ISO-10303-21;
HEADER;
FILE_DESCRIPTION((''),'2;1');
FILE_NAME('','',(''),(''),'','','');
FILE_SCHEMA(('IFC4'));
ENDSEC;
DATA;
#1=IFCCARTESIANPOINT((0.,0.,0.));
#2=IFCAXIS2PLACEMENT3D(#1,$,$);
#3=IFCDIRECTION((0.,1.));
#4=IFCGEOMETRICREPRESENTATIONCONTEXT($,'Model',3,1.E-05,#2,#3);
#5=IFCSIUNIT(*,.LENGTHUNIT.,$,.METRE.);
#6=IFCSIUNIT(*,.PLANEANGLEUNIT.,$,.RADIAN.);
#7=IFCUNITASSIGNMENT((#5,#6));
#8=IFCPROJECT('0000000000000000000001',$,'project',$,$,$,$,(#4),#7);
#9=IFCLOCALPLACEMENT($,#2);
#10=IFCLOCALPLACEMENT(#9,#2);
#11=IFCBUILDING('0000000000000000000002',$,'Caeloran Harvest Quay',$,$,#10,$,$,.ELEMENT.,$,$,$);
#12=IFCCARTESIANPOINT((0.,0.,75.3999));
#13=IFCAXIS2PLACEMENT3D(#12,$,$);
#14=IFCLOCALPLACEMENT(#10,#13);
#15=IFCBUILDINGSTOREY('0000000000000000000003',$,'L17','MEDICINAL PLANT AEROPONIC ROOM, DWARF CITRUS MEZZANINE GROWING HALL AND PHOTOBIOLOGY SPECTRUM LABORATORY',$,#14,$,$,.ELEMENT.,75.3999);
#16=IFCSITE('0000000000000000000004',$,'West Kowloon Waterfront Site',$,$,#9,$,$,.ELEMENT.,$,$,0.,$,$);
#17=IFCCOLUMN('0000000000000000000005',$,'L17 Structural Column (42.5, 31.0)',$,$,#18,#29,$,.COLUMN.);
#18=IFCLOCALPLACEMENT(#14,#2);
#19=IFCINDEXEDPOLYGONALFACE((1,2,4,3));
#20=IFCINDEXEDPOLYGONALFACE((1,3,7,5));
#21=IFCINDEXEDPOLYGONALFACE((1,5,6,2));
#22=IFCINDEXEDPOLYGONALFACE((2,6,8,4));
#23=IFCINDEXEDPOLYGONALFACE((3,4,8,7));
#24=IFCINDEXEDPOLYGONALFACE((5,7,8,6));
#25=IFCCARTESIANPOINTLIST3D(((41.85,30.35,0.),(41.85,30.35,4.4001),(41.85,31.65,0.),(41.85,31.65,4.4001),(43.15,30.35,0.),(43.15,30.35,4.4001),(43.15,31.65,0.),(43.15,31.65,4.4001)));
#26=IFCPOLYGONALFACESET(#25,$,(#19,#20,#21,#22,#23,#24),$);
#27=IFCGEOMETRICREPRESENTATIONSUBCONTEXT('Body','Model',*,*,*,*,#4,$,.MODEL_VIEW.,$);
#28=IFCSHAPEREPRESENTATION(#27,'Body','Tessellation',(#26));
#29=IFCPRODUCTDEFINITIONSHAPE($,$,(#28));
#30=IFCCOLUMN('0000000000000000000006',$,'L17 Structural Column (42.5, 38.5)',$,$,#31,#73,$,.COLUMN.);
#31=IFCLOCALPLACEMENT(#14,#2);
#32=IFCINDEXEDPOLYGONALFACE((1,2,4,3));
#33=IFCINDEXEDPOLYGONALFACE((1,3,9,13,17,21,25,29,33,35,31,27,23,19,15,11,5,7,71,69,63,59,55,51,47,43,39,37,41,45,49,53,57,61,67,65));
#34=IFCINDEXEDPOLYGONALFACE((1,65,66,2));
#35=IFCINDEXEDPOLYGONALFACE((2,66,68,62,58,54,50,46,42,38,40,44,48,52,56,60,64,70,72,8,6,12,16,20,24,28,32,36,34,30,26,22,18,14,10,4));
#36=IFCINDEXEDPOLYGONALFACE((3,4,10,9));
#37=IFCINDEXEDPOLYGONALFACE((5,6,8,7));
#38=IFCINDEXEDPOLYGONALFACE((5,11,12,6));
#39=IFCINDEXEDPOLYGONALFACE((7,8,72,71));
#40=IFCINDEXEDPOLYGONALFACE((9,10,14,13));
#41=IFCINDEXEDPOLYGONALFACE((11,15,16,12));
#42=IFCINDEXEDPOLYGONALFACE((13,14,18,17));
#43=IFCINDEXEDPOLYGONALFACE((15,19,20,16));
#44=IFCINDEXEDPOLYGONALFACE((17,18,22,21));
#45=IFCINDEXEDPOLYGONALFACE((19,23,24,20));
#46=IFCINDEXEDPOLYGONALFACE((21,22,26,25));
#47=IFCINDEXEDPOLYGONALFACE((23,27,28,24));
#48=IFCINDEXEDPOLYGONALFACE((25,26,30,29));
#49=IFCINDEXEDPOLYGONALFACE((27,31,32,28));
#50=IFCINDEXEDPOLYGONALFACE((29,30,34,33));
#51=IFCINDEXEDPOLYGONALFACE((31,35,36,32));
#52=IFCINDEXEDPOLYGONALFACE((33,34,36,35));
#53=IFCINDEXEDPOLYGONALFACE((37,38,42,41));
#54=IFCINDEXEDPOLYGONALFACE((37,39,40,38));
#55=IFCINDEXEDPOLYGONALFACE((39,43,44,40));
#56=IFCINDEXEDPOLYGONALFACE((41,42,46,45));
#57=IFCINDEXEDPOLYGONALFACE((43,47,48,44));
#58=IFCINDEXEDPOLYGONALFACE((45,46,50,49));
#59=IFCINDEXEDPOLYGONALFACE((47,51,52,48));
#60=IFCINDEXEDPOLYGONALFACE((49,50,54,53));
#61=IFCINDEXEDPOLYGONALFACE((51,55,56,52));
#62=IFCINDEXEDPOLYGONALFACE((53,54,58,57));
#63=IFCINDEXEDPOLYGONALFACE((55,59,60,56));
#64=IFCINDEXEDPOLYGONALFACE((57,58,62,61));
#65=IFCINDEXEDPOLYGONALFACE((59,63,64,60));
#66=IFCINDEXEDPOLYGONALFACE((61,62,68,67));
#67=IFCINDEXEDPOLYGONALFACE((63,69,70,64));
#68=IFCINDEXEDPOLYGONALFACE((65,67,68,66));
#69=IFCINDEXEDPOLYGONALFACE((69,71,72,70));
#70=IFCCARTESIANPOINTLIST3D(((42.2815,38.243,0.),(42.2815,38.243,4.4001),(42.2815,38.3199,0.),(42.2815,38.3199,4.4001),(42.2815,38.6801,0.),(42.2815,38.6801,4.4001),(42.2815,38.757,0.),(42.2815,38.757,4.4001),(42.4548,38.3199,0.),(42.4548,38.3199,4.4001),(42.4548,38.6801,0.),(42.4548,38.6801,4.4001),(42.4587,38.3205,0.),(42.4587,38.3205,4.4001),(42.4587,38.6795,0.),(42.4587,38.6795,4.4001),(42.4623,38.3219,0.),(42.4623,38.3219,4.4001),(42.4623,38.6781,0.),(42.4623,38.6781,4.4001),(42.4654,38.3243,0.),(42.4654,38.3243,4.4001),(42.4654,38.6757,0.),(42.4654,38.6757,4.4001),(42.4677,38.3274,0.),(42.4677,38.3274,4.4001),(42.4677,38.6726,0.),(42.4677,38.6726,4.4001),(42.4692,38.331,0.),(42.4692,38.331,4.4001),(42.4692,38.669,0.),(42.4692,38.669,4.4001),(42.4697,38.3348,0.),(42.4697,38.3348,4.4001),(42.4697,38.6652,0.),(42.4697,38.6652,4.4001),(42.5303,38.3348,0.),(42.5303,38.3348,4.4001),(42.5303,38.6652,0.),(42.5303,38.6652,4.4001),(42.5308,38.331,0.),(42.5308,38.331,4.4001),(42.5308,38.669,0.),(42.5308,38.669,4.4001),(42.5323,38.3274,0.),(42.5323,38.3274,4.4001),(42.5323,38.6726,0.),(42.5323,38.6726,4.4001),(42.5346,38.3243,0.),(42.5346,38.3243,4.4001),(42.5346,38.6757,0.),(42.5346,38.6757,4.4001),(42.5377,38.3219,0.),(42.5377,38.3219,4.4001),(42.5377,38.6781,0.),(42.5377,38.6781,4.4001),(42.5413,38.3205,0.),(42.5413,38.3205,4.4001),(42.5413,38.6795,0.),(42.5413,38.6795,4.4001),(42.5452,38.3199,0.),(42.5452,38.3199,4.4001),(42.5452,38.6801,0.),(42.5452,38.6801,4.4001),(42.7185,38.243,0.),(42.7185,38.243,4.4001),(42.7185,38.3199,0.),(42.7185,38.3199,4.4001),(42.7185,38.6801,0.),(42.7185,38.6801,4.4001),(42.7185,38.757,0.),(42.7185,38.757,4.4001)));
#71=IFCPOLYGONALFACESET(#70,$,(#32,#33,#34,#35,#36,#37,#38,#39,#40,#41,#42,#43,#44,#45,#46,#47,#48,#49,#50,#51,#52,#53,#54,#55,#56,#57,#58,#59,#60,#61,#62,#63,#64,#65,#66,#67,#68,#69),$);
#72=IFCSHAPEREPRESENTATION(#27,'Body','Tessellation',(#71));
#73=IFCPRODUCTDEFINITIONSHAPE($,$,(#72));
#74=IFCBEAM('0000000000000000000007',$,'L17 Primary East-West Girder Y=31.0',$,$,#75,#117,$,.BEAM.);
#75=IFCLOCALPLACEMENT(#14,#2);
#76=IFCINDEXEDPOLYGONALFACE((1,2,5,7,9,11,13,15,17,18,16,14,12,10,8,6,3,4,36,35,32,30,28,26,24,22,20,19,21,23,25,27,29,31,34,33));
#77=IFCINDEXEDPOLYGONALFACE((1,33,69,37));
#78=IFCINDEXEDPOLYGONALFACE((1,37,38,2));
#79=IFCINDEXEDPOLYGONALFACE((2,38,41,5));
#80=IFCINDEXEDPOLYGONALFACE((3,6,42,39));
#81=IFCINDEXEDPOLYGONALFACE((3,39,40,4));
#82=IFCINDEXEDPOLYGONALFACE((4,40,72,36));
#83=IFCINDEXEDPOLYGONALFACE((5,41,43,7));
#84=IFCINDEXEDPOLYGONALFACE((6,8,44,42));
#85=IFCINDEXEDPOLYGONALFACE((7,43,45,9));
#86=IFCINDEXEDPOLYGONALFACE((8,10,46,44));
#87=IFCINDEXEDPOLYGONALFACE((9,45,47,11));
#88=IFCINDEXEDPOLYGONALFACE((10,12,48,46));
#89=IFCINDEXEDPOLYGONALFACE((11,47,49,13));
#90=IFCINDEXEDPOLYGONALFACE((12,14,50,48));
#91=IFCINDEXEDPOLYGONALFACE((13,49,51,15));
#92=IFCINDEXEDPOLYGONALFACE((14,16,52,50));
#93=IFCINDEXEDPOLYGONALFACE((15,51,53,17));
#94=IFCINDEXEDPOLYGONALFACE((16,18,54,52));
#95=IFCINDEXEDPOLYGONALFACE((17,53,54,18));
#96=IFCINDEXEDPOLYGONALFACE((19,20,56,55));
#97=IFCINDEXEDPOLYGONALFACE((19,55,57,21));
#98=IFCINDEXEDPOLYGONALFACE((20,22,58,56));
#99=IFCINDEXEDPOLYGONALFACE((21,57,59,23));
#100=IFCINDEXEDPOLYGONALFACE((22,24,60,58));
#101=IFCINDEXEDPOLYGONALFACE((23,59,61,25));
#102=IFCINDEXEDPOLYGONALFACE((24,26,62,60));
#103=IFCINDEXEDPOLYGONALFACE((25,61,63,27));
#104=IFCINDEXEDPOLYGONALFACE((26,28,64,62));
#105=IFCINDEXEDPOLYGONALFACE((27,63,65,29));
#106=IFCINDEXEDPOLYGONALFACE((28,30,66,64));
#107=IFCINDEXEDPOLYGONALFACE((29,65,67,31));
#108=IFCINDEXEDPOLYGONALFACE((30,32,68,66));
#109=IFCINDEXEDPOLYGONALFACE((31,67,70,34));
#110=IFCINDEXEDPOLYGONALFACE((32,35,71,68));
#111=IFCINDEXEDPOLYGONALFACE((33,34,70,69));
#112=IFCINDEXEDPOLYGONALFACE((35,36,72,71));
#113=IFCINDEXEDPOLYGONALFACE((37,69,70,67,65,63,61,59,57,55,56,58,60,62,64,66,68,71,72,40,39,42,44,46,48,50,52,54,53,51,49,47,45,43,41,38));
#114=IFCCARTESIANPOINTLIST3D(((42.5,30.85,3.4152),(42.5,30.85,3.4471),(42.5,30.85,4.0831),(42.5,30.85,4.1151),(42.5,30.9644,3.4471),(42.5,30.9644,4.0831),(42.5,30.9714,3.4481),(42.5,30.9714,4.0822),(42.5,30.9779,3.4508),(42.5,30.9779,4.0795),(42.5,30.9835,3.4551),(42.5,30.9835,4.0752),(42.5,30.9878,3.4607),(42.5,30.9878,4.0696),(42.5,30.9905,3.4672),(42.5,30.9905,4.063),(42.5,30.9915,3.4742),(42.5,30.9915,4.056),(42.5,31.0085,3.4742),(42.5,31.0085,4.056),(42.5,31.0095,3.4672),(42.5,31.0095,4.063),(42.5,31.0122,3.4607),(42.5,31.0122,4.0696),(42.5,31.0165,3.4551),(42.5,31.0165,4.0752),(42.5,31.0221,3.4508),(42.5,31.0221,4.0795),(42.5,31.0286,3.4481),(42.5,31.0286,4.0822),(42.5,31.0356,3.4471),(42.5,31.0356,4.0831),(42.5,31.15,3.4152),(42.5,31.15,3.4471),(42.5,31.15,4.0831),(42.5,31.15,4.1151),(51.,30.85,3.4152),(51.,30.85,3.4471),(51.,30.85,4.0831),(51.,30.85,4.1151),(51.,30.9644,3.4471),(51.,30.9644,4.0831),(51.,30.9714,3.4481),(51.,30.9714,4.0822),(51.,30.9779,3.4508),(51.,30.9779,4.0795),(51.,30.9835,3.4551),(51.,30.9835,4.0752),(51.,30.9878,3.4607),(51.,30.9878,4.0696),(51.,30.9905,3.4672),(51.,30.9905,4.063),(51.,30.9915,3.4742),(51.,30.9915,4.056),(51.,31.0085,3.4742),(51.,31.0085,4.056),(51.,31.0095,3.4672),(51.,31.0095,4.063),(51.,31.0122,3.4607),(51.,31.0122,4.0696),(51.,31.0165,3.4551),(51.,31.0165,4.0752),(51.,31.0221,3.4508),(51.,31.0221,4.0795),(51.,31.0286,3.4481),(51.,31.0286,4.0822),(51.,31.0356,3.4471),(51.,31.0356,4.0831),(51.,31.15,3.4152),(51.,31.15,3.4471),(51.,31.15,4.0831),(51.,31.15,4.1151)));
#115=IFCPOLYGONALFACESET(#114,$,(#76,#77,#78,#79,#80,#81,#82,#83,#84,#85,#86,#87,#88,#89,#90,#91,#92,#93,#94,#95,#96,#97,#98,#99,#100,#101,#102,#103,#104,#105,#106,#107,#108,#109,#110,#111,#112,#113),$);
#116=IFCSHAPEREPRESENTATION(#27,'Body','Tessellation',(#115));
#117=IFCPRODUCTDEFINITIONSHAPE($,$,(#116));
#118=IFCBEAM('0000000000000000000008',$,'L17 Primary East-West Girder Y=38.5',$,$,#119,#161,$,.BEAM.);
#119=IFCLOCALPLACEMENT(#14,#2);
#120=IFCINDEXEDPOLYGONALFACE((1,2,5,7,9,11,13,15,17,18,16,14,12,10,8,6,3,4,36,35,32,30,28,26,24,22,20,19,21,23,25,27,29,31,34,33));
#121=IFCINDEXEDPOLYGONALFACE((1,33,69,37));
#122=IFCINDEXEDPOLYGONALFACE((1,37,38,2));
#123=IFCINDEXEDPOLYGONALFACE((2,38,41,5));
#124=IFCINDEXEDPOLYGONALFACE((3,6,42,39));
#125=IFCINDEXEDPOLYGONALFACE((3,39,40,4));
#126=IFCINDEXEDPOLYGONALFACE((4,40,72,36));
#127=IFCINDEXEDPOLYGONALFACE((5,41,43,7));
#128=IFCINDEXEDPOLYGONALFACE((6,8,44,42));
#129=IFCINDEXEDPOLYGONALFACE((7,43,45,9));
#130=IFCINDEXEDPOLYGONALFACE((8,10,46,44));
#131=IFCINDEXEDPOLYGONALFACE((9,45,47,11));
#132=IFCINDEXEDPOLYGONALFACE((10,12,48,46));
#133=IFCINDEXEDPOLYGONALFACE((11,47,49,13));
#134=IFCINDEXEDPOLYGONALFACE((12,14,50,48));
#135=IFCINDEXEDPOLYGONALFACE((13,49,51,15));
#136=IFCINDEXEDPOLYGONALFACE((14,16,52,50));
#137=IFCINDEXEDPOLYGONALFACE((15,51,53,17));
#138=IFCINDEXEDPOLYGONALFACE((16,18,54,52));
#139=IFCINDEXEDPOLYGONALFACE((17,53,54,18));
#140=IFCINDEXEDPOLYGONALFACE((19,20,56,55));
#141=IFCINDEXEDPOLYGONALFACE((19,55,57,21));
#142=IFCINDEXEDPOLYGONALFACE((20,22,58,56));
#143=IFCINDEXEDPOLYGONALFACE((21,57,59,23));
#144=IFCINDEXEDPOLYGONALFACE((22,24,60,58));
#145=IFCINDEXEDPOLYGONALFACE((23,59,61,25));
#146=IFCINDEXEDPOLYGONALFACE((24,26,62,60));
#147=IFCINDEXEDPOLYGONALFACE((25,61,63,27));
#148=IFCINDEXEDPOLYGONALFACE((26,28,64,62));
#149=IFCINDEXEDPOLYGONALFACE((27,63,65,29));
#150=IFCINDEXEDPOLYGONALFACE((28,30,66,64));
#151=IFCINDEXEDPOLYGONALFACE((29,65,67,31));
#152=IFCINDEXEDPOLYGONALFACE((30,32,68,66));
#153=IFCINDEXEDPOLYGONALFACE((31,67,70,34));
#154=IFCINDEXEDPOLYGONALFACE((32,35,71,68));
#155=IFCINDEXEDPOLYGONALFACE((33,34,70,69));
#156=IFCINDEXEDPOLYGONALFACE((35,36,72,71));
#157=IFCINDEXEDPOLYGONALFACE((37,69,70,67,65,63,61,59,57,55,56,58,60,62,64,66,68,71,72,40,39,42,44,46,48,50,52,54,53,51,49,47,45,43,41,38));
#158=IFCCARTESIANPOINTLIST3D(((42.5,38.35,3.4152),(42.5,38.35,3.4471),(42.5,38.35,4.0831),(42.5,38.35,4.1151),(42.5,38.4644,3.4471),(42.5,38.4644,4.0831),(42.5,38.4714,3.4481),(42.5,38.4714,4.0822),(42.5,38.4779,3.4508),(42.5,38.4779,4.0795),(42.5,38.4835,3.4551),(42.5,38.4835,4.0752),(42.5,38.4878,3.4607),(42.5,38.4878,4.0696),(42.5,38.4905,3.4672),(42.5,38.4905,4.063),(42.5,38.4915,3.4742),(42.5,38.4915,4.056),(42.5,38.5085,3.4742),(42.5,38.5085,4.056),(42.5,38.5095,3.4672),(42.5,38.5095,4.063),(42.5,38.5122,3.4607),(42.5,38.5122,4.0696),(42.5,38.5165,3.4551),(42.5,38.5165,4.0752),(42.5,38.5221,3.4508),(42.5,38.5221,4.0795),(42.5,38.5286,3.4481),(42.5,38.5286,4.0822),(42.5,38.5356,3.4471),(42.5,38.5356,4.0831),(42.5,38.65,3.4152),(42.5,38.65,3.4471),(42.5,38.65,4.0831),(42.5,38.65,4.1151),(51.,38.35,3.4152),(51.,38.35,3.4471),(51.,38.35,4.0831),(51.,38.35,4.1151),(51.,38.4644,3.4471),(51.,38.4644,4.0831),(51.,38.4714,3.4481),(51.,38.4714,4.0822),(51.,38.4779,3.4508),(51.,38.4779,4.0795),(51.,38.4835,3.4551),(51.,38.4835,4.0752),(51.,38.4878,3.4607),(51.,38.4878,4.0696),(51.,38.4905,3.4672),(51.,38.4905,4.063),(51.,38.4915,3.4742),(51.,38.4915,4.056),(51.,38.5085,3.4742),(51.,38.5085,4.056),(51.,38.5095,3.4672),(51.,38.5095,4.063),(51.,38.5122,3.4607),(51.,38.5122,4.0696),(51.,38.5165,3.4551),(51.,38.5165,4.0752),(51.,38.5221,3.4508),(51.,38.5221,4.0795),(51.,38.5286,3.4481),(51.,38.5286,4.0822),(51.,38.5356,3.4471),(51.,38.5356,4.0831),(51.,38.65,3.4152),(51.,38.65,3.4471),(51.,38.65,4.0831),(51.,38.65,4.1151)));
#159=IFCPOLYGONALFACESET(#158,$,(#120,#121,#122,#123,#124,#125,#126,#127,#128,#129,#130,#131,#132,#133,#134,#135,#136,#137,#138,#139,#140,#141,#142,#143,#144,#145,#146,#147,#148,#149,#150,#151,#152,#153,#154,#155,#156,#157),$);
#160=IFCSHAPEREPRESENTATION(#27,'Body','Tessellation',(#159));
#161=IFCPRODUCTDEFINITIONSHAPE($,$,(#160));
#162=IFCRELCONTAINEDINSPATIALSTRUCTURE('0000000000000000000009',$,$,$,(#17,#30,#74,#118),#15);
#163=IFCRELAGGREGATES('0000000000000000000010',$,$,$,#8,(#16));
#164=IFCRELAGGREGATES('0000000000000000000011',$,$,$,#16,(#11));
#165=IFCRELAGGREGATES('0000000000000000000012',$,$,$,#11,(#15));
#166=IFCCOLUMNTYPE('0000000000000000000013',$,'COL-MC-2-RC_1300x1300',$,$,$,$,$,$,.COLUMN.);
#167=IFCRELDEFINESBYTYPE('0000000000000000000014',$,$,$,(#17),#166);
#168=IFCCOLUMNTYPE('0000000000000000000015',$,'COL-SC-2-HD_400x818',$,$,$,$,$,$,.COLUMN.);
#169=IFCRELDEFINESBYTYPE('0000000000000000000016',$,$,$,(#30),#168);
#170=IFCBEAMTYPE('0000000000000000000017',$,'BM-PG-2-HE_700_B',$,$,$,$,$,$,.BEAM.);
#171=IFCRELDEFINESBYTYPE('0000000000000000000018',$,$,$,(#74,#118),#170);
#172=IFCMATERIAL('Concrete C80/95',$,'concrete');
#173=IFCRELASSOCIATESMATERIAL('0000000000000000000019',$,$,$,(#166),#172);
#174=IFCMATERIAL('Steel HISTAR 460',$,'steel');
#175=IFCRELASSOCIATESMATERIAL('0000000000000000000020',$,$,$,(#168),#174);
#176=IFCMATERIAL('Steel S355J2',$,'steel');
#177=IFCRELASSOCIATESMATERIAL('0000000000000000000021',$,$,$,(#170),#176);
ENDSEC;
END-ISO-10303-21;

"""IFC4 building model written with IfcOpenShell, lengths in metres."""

from ifc_helpers import new_model, si_unit, direction, frame, origin, origin_2d, place, context, subcontext, project, spatial, rectangle, i_section, extrude, material, material_profile, profile_set, type_object, element, save


model = new_model("IFC4")

# Units and contexts
model_context = context("Model", 3, precision=1e-05, world=origin(), true_north=direction((0.0, 1.0)))
body_context = subcontext(model_context, "Body", "Model", "MODEL_VIEW")
ifc_project = project(units=[si_unit("LENGTHUNIT", "METRE"), si_unit("PLANEANGLEUNIT", "RADIAN")], contexts=[model_context])

# Site, building, storey
site_placement = place(None, origin())
site = spatial("IfcSite", under=ifc_project, at=site_placement, Name="West Kowloon Waterfront Site", CompositionType="ELEMENT", RefElevation=0.0)
building_placement = place(site_placement, origin())
building = spatial("IfcBuilding", under=site, at=building_placement, Name="Caeloran Harvest Quay", CompositionType="ELEMENT")
storey_placement = place(building_placement, frame((0.0, 0.0, 75.3999)))
storey = spatial("IfcBuildingStorey", under=building, at=storey_placement, Name="L17", Description="MEDICINAL PLANT AEROPONIC ROOM, DWARF CITRUS MEZZANINE GROWING HALL AND PHOTOBIOLOGY SPECTRUM LABORATORY", CompositionType="ELEMENT", Elevation=75.3999)

# Columns
ifc_material_1 = material(Name="Concrete C80/95", Category="concrete")
ifc_material_profile_1 = material_profile(ifc_material_1, rectangle(XDim=1.3, YDim=1.3, at=origin_2d()), Name="RC 1300x1300")
ifc_profile_set_1 = profile_set([ifc_material_profile_1], Name="Concrete C80/95")
column_type_1 = type_object("IfcColumnType", Name="COL-MC-2-RC_1300x1300", PredefinedType="COLUMN", material=ifc_profile_set_1)
column_1_placement = place(storey_placement, frame((42.5, 31.0, 0.0), z_axis=(0.0, 0.0, 1.0), x_axis=(1.0, 0.0, 0.0)))
element("IfcColumn", 1, at=column_1_placement, inside=storey, type_object=column_type_1, Name="L17 Structural Column (42.5, 31.0)", PredefinedType="COLUMN", context=body_context, shape_type="SweptSolid", body=[
    extrude(rectangle(XDim=1.3, YDim=1.3, at=origin_2d()), origin(), (0.0, 0.0, 1.0), 4.4001),
])
ifc_material_2 = material(Name="Steel HISTAR 460", Category="steel")
ifc_material_profile_2 = material_profile(ifc_material_2, i_section(OverallWidth=0.437, OverallDepth=0.5139, WebThickness=0.0605, FlangeThickness=0.0769, FilletRadius=0.0149, at=origin_2d()), Name="HD 400x818")
ifc_profile_set_2 = profile_set([ifc_material_profile_2], Name="Steel HISTAR 460")
column_type_2 = type_object("IfcColumnType", Name="COL-SC-2-HD_400x818", PredefinedType="COLUMN", material=ifc_profile_set_2)
column_2_placement = place(storey_placement, frame((42.5, 38.5, 0.0), z_axis=(0.0, 0.0, 1.0), x_axis=(1.0, 0.0, 0.0)))
element("IfcColumn", 2, at=column_2_placement, inside=storey, type_object=column_type_2, Name="L17 Structural Column (42.5, 38.5)", PredefinedType="COLUMN", context=body_context, shape_type="SweptSolid", body=[
    extrude(i_section(OverallWidth=0.437, OverallDepth=0.5139, WebThickness=0.0605, FlangeThickness=0.0769, FilletRadius=0.0149, at=origin_2d()), origin(), (0.0, 0.0, 1.0), 4.4001),
])

# Beams
ifc_material_3 = material(Name="Steel S355J2", Category="steel")
ifc_material_profile_3 = material_profile(ifc_material_3, i_section(OverallWidth=0.3, OverallDepth=0.7, WebThickness=0.0171, FlangeThickness=0.032, FilletRadius=0.0271, at=origin_2d()), Name="HE 700 B")
ifc_profile_set_3 = profile_set([ifc_material_profile_3], Name="Steel S355J2")
beam_type_1 = type_object("IfcBeamType", Name="BM-PG-2-HE_700_B", PredefinedType="BEAM", material=ifc_profile_set_3)
for number, where, z_axis, x_axis, name in (
    (3, (42.5, 31.0, 3.7651), (1.0, 0.0, 0.0), (0.0, 1.0, 0.0), "L17 Primary East-West Girder Y=31.0"),
    (4, (42.5, 38.5, 3.7651), (1.0, 0.0, 0.0), (0.0, 1.0, 0.0), "L17 Primary East-West Girder Y=38.5"),
):
    element("IfcBeam", number, at=place(storey_placement, frame(where, z_axis=z_axis, x_axis=x_axis)), inside=storey, type_object=beam_type_1, Name=name, PredefinedType="BEAM", context=body_context, shape_type="SweptSolid", body=[
        extrude(i_section(OverallWidth=0.3, OverallDepth=0.7, WebThickness=0.0171, FlangeThickness=0.032, FilletRadius=0.0271, at=origin_2d()), origin(), (0.0, 0.0, 1.0), 8.5),
    ])

save(model, "model.ifc")
